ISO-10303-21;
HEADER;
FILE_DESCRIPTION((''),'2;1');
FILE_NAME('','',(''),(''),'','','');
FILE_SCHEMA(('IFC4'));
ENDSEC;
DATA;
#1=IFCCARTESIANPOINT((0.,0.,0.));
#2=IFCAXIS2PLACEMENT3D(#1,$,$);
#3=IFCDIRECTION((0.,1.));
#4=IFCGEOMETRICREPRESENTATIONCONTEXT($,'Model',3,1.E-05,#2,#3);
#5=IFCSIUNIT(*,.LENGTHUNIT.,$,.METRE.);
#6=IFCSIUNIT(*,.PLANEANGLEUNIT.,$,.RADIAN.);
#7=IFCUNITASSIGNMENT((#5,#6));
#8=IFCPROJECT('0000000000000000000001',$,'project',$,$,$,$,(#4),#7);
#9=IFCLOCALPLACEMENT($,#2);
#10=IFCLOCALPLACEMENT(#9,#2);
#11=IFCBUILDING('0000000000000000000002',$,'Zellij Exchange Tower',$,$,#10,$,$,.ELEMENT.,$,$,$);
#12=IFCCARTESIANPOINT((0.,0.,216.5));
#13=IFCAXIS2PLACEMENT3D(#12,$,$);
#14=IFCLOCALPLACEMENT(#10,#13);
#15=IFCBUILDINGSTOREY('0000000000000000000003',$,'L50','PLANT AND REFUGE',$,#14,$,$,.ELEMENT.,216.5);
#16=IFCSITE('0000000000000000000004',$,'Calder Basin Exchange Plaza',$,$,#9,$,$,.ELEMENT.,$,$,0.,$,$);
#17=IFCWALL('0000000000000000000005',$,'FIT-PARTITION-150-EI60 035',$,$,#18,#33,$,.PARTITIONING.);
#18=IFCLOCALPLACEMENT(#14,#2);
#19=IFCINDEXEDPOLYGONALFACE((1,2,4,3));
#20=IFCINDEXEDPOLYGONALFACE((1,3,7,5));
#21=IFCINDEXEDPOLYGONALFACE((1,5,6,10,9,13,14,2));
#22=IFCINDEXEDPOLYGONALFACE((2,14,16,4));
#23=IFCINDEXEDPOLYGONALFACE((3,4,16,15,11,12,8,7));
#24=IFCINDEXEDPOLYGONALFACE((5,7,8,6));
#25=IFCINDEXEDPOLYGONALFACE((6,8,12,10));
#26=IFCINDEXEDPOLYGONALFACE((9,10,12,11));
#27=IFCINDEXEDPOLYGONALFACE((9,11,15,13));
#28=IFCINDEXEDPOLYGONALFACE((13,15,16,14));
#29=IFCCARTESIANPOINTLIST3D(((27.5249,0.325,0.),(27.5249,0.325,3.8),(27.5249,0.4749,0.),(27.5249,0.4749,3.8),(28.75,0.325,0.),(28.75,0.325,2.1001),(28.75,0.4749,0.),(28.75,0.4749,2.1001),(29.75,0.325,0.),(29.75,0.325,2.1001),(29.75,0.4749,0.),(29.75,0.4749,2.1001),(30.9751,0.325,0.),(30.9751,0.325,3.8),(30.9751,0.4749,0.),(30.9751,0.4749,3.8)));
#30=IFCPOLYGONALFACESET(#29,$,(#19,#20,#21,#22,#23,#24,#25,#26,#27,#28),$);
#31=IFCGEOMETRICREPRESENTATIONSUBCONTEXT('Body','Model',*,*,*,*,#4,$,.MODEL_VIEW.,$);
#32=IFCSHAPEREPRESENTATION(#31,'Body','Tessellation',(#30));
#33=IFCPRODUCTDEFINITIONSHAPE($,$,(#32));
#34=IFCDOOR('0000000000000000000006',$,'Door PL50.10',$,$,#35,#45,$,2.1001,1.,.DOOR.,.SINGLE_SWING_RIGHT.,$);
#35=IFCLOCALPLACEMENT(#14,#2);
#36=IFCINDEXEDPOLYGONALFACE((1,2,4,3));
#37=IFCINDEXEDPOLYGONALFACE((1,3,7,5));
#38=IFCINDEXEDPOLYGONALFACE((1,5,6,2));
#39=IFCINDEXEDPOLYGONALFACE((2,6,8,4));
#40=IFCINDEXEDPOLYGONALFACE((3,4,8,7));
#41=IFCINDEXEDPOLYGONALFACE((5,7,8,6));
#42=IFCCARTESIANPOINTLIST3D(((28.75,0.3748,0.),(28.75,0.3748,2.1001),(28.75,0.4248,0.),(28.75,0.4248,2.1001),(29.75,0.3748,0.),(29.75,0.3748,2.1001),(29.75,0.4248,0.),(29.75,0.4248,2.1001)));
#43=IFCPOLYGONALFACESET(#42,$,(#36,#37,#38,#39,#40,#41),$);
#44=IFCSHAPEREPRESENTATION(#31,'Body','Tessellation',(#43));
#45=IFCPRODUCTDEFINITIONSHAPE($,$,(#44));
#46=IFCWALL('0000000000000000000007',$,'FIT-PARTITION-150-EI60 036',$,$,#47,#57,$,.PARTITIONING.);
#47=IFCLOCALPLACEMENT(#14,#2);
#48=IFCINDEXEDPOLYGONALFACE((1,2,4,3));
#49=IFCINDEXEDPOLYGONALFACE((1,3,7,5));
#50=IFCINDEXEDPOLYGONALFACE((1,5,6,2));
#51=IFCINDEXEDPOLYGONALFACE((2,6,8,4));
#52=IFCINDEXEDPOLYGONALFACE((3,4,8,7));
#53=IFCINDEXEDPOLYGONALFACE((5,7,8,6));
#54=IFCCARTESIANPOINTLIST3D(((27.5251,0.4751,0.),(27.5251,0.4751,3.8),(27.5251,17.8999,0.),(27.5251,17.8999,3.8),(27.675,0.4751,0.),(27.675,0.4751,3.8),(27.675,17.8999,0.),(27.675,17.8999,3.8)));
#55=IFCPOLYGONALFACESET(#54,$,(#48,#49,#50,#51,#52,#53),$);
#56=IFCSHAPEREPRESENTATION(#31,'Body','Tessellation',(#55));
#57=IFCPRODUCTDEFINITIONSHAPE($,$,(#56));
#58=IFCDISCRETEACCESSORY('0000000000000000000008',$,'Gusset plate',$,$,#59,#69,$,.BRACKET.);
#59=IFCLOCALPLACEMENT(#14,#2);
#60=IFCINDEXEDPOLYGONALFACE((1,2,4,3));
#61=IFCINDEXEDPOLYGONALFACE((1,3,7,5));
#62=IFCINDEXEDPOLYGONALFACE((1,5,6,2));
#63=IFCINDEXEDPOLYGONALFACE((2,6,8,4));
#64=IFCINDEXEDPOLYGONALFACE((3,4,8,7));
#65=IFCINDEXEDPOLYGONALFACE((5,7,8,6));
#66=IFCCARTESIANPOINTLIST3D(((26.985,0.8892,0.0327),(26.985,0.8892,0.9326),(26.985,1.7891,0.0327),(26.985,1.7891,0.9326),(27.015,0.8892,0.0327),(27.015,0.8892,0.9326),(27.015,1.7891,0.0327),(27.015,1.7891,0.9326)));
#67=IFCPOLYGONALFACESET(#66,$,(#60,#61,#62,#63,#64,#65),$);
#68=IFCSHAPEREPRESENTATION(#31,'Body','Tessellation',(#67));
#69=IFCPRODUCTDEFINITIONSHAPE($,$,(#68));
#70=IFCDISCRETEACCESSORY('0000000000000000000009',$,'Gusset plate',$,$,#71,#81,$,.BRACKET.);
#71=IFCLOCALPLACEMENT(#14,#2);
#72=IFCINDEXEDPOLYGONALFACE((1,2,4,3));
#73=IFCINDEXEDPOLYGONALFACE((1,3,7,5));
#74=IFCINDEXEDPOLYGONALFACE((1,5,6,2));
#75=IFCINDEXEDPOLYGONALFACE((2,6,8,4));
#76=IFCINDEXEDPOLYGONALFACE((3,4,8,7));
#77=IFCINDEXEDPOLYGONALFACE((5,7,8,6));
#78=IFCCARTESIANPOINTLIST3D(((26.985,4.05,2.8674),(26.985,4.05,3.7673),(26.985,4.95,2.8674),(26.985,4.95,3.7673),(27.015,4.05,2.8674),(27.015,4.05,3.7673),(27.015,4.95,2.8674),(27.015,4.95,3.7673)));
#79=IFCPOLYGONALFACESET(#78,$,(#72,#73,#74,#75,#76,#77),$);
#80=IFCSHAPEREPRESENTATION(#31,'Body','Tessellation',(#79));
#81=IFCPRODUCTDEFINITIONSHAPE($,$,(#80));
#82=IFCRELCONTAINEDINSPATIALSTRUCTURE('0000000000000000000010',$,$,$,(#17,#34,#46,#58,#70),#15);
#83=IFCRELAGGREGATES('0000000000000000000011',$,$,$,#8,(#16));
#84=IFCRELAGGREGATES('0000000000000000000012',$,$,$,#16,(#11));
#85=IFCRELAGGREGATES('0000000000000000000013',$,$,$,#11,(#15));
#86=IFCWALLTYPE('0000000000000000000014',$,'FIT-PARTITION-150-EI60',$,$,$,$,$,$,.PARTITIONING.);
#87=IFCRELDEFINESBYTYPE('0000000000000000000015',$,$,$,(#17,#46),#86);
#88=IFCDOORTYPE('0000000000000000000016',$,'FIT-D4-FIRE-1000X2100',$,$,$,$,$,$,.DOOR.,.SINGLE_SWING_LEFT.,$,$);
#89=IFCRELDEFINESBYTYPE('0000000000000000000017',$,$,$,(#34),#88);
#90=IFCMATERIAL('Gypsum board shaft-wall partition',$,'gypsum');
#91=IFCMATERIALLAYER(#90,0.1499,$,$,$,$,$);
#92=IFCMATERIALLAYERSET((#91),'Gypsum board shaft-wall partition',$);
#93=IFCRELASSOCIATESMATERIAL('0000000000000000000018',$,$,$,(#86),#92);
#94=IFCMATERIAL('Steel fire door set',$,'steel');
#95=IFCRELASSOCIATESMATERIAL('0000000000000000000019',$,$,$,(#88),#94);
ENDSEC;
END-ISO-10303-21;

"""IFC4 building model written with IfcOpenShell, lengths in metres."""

from ifc_helpers import new_model, si_unit, direction, frame, frame_2d, origin, origin_2d, place, context, subcontext, project, spatial, rectangle, extrude, material, layer, layer_set, type_object, element, fill, save


model = new_model("IFC4")

# Units and contexts
model_context = context("Model", 3, precision=1e-05, world=origin(), true_north=direction((0.0, 1.0)))
body_context = subcontext(model_context, "Body", "Model", "MODEL_VIEW")
ifc_project = project(units=[si_unit("LENGTHUNIT", "METRE"), si_unit("PLANEANGLEUNIT", "RADIAN")], contexts=[model_context])

# Site, building, storey
site_placement = place(None, origin())
site = spatial("IfcSite", under=ifc_project, at=site_placement, Name="Calder Basin Exchange Plaza", CompositionType="ELEMENT", RefElevation=0.0)
building_placement = place(site_placement, origin())
building = spatial("IfcBuilding", under=site, at=building_placement, Name="Zellij Exchange Tower", CompositionType="ELEMENT")
storey_placement = place(building_placement, frame((0.0, 0.0, 216.5)))
storey = spatial("IfcBuildingStorey", under=building, at=storey_placement, Name="L50", Description="PLANT AND REFUGE", CompositionType="ELEMENT", Elevation=216.5)

# Shared definitions
ifc_material_1 = material(Name="Steel fire door set", Category="steel")

# Wall, opening, door
ifc_material_2 = material(Name="Gypsum board shaft-wall partition", Category="gypsum")
ifc_layer_1 = layer(ifc_material_2, 0.1499)
ifc_layer_set_1 = layer_set([ifc_layer_1], Name="Gypsum board shaft-wall partition")
wall_type_1 = type_object("IfcWallType", Name="FIT-PARTITION-150-EI60", PredefinedType="PARTITIONING", material=ifc_layer_set_1)
door_type_1 = type_object("IfcDoorType", Name="FIT-D4-FIRE-1000X2100", OperationType="SINGLE_SWING_LEFT", PredefinedType="DOOR", material=ifc_material_1)
wall_1_placement = place(storey_placement, frame((27.5249, 0.3999, 0.0), z_axis=(0.0, 0.0, 1.0), x_axis=(1.0, 0.0, 0.0)))
wall_1 = element("IfcWall", 1, at=wall_1_placement, inside=storey, type_object=wall_type_1, Name="FIT-PARTITION-150-EI60 035", PredefinedType="PARTITIONING", context=body_context, shape_type="SweptSolid", body=[
    extrude(rectangle(XDim=3.4502, YDim=0.1499, at=frame_2d((1.7251, 0.0))), origin(), (0.0, 0.0, 1.0), 3.8),
])
opening_1_placement = place(wall_1_placement, frame((1.2251, 0.0, 0.0)))
opening_1 = element("IfcOpeningElement", 2, at=opening_1_placement, cuts=wall_1, PredefinedType="OPENING", context=body_context, shape_type="SweptSolid", body=[
    extrude(rectangle(XDim=1.0, YDim=2.1001, at=frame_2d((0.5, 1.05))), frame((0.0, 0.0869, 0.0), z_axis=(0.0, -1.0, 0.0), x_axis=(1.0, 0.0, 0.0)), (0.0, 0.0, 1.0), 0.1738),
])
door_1_placement = place(opening_1_placement, origin())
door_1 = element("IfcDoor", 3, at=door_1_placement, inside=storey, type_object=door_type_1, Name="Door PL50.10", OperationType="SINGLE_SWING_RIGHT", OverallHeight=2.1001, OverallWidth=1.0, PredefinedType="DOOR", context=body_context, shape_type="SweptSolid", body=[
    extrude(rectangle(XDim=1.0, YDim=2.1001, at=frame_2d((0.5, 1.05))), frame((0.0, 0.0249, 0.0), z_axis=(0.0, -1.0, 0.0), x_axis=(1.0, 0.0, 0.0)), (0.0, 0.0, 1.0), 0.05),
])
fill(opening_1, door_1)

# Wall
wall_2_placement = place(storey_placement, frame((27.6001, 0.4751, 0.0), z_axis=(0.0, 0.0, 1.0), x_axis=(0.0, 1.0, 0.0)))
element("IfcWall", 4, at=wall_2_placement, inside=storey, type_object=wall_type_1, Name="FIT-PARTITION-150-EI60 036", PredefinedType="PARTITIONING", context=body_context, shape_type="SweptSolid", body=[
    extrude(rectangle(XDim=17.4248, YDim=0.1499, at=frame_2d((8.7124, 0.0))), origin(), (0.0, 0.0, 1.0), 3.8),
])

# Discrete accessories
for number, where, z_axis, x_axis, name in (
    (5, (27.0, 1.3391, 0.0327), (0.0, 0.0, 1.0), (0.0, 1.0, 0.0), "Gusset plate"),
    (6, (27.0, 4.5, 2.8674), (0.0, 0.0, 1.0), (0.0, 1.0, 0.0), "Gusset plate"),
):
    element("IfcDiscreteAccessory", number, at=place(storey_placement, frame(where, z_axis=z_axis, x_axis=x_axis)), inside=storey, Name=name, PredefinedType="BRACKET", context=body_context, shape_type="SweptSolid", body=[
        extrude(rectangle(XDim=0.8999, YDim=0.03, at=origin_2d()), origin(), (0.0, 0.0, 1.0), 0.8999),
    ])

save(model, "model.ifc")
